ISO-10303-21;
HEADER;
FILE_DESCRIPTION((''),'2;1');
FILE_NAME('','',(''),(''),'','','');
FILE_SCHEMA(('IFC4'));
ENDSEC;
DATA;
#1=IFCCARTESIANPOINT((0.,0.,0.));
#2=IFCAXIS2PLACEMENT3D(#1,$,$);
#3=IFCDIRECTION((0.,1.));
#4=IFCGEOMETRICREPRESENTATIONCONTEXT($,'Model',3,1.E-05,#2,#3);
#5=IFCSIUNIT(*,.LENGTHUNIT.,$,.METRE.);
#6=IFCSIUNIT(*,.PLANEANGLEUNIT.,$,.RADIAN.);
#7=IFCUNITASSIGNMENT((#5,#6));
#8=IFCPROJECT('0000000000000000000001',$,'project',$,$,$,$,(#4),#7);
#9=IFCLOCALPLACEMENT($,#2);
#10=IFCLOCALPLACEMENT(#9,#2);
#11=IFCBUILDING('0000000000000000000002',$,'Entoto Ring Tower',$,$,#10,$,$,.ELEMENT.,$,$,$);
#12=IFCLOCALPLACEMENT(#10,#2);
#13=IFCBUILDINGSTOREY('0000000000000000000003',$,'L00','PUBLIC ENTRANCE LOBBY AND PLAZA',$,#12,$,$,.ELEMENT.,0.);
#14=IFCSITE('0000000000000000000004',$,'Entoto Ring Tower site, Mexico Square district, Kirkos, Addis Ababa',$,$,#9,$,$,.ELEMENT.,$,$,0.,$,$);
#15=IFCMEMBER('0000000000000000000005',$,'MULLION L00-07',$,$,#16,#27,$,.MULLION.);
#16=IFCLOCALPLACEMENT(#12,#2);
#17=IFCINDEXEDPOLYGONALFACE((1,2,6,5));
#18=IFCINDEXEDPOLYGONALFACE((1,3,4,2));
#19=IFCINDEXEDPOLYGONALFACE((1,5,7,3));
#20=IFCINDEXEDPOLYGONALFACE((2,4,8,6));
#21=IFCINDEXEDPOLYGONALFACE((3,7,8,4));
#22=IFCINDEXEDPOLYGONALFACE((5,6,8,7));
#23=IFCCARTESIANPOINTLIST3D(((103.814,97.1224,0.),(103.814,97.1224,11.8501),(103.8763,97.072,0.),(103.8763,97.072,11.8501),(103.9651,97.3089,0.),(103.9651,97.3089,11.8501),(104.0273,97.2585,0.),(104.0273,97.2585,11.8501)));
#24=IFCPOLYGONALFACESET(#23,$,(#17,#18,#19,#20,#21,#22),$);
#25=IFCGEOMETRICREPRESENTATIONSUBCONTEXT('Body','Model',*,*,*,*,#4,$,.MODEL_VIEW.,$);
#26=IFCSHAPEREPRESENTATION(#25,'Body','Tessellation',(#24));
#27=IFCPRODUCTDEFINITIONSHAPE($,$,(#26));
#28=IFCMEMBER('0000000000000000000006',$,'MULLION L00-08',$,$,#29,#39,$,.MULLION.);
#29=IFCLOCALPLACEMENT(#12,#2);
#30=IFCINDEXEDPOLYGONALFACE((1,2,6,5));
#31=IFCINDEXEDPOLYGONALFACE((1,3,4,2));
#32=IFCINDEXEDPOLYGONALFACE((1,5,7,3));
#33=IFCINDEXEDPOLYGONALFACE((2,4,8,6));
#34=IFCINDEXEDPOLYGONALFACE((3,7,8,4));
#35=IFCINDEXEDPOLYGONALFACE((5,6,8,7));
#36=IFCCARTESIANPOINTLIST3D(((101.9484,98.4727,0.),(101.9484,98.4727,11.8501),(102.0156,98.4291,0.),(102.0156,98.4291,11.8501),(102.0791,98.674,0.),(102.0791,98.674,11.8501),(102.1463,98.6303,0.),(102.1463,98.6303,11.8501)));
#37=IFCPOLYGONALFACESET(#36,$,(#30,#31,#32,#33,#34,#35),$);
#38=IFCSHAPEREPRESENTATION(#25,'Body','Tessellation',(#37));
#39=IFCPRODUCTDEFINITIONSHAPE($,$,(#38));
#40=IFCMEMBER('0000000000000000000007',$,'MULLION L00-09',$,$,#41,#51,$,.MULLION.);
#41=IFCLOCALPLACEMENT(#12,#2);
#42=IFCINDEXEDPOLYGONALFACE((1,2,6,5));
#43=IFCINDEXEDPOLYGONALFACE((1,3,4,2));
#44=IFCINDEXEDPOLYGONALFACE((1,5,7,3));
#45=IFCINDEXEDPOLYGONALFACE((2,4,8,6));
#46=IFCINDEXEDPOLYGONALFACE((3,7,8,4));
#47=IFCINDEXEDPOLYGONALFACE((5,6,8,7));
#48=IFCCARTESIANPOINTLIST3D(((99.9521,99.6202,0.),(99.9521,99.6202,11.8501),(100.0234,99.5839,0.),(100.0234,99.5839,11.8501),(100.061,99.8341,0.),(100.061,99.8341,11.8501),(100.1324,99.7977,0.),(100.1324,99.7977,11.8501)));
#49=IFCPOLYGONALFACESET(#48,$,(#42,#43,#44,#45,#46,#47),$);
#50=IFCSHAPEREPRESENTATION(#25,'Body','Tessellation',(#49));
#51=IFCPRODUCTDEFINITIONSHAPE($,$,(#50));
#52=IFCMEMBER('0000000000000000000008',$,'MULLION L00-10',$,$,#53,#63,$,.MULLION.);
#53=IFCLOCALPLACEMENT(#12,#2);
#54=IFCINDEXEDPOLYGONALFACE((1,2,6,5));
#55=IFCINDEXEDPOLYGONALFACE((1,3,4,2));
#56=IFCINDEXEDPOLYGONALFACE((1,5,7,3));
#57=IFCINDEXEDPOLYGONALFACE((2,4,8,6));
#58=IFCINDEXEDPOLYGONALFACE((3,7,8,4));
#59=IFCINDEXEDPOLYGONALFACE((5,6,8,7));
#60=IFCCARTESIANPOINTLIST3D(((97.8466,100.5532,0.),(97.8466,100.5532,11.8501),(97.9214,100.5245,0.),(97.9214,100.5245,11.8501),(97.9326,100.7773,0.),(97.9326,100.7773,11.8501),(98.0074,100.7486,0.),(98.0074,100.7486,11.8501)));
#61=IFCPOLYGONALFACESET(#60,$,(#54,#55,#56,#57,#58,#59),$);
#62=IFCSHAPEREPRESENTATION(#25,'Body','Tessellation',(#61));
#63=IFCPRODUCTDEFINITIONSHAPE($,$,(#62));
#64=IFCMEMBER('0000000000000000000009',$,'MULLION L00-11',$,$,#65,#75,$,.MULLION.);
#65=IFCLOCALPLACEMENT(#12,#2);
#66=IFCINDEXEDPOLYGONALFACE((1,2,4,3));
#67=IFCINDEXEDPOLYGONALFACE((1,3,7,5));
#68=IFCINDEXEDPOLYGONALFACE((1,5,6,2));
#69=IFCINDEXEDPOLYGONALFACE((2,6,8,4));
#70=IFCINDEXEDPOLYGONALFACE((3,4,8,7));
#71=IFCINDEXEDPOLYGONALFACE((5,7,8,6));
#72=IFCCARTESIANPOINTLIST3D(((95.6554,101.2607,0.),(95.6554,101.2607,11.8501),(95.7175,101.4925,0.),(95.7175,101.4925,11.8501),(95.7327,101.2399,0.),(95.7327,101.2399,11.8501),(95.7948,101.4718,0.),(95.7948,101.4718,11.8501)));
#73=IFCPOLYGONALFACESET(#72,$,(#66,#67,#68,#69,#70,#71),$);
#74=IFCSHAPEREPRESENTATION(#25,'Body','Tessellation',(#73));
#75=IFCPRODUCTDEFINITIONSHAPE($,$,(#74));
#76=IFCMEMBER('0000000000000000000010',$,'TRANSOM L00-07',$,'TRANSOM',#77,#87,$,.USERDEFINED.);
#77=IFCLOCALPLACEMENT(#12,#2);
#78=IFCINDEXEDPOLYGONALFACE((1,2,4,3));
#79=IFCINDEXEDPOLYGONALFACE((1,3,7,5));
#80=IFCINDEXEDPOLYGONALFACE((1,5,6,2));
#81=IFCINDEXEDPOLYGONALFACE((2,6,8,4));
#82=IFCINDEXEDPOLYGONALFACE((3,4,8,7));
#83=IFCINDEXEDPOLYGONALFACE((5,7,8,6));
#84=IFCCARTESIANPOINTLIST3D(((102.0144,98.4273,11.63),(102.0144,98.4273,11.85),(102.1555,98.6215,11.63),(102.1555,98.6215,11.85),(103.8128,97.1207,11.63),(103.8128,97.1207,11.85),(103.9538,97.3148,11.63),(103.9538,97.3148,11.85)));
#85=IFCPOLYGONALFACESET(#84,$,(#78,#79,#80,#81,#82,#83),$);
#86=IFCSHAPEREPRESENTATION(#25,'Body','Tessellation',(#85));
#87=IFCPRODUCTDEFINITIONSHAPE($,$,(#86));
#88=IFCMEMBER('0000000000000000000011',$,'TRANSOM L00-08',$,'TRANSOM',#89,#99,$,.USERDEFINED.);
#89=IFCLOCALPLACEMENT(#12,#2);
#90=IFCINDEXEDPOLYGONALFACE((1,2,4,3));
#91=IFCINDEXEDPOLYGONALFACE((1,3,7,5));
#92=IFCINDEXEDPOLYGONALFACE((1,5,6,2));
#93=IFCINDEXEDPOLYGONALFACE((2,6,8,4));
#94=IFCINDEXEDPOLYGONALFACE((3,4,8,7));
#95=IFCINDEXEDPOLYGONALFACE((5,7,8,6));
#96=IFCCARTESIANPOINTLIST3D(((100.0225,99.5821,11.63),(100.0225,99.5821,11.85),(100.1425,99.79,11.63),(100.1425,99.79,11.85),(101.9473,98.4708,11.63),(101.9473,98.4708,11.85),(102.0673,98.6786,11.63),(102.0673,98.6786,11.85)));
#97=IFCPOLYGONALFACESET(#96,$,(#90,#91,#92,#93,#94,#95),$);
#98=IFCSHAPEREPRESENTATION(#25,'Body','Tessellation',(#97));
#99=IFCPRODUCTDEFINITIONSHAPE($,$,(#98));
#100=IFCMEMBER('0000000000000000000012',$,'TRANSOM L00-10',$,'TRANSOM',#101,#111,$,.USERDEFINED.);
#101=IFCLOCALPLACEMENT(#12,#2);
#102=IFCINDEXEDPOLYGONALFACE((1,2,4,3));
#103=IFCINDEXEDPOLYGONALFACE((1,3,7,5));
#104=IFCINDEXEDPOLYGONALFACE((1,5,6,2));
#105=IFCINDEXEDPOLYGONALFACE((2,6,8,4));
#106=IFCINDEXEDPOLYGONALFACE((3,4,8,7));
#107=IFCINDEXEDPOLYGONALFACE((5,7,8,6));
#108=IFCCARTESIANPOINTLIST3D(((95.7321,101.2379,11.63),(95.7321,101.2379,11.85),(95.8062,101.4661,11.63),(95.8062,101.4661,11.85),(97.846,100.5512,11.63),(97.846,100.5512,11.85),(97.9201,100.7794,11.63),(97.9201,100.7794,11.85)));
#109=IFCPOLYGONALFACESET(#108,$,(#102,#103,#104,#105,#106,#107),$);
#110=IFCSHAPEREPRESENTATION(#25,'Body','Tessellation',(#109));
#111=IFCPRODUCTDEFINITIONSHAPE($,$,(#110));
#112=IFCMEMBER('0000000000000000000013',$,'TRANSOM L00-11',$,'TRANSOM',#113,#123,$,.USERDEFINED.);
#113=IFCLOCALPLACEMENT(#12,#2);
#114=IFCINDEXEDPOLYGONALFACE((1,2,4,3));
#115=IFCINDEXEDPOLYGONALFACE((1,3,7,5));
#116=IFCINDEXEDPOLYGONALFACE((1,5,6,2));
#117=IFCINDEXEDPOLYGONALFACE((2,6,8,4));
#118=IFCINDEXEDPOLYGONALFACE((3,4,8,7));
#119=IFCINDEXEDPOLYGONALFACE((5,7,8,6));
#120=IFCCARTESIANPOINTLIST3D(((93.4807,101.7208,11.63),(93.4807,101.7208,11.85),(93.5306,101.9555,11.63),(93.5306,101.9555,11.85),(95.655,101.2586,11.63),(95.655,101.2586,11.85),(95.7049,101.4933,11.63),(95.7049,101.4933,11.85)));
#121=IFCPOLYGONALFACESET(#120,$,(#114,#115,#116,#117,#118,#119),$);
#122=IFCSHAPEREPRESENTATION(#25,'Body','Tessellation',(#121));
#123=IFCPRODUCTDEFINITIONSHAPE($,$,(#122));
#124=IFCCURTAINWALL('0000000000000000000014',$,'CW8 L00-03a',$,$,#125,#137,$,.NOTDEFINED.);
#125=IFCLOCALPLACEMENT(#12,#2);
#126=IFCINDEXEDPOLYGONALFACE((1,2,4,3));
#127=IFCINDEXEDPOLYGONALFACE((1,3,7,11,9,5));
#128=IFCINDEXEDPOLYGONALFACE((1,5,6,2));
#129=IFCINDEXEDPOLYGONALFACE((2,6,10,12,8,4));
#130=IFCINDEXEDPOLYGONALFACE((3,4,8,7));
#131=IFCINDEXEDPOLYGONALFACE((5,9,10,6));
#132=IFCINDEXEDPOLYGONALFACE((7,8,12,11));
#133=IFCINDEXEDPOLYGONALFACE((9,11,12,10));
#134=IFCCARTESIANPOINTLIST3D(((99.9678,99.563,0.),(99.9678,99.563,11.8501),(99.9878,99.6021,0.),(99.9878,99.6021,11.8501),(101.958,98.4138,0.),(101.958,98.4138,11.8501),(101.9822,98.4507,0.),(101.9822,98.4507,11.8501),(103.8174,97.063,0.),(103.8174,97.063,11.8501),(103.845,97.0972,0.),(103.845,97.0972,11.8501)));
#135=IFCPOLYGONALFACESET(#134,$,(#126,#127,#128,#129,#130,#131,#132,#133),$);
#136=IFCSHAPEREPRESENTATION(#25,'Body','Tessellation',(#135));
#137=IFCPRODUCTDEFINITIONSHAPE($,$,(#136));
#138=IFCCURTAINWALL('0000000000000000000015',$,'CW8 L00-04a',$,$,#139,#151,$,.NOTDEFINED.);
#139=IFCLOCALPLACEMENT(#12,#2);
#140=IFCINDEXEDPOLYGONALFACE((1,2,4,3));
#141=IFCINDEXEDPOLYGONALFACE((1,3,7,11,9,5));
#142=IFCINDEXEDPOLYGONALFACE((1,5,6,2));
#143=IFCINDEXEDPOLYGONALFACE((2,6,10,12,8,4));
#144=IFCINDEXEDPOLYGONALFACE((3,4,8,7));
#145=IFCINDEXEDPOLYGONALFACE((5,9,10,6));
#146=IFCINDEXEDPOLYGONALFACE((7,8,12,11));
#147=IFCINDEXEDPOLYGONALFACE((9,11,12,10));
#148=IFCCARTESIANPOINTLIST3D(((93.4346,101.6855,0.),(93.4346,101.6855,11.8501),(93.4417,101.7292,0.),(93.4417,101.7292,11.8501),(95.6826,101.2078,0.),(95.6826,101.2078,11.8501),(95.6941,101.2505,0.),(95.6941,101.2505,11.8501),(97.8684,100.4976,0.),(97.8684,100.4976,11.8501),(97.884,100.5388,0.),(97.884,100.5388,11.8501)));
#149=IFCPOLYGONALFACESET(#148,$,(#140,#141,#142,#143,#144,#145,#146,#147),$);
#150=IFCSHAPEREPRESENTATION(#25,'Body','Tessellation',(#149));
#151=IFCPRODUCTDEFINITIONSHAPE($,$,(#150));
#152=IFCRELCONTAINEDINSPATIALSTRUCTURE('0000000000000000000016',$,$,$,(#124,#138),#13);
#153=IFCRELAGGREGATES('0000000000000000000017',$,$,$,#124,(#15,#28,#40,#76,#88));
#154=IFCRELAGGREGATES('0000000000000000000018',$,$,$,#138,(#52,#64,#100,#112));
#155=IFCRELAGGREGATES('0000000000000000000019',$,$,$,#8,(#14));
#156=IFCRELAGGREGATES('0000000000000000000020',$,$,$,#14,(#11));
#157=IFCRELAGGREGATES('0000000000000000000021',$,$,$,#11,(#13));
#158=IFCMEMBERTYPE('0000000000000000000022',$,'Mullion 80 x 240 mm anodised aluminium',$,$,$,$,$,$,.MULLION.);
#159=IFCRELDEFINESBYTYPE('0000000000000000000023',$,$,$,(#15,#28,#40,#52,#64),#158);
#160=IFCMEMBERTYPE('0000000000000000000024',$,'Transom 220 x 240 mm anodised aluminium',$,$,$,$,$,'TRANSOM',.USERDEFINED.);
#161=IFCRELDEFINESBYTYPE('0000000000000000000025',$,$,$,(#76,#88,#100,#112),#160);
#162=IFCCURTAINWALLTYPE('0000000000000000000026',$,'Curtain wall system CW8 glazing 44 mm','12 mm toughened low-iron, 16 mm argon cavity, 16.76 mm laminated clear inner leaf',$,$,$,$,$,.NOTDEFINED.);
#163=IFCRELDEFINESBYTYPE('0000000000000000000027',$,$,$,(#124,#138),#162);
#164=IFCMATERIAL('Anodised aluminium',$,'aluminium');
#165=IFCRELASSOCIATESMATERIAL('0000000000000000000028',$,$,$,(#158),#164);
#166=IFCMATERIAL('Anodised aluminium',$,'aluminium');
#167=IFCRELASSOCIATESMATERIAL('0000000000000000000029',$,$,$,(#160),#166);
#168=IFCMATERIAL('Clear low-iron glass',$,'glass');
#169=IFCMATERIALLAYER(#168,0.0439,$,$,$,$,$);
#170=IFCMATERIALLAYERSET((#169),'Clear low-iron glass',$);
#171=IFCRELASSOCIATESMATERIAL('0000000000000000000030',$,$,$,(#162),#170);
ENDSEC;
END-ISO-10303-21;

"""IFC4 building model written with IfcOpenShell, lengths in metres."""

from ifc_helpers import new_model, si_unit, direction, frame, origin, origin_2d, place, context, subcontext, project, spatial, polyline, rectangle, outline, extrude, material, layer, layer_set, material_profile, profile_set, type_object, element, aggregate, save


model = new_model("IFC4")

# Units and contexts
model_context = context("Model", 3, precision=1e-05, world=origin(), true_north=direction((0.0, 1.0)))
body_context = subcontext(model_context, "Body", "Model", "MODEL_VIEW")
ifc_project = project(units=[si_unit("LENGTHUNIT", "METRE"), si_unit("PLANEANGLEUNIT", "RADIAN")], contexts=[model_context])

# Members
ifc_material_1 = material(Name="Anodised aluminium", Category="aluminium")
ifc_material_profile_1 = material_profile(ifc_material_1, rectangle(XDim=0.0801, YDim=0.24, at=origin_2d()), Name="Mullion 80 x 240 mm anodised aluminium")
ifc_profile_set_1 = profile_set([ifc_material_profile_1], Name="Anodised aluminium")
member_type_1 = type_object("IfcMemberType", Name="Mullion 80 x 240 mm anodised aluminium", PredefinedType="MULLION", material=ifc_profile_set_1)
site_placement = place(None, origin())
building_placement = place(site_placement, origin())
storey_placement = place(building_placement, origin())
member_1_placement = place(storey_placement, frame((103.9207, 97.1904, 0.0), z_axis=(0.0, 0.0, 1.0), x_axis=(-0.777146, 0.62932, 0.0)))
member_1 = element("IfcMember", 1, at=member_1_placement, type_object=member_type_1, Name="MULLION L00-07", PredefinedType="MULLION", context=body_context, shape_type="SweptSolid", body=[
    extrude(rectangle(XDim=0.0801, YDim=0.24, at=origin_2d()), origin(), (0.0, 0.0, 1.0), 11.8501),
])
member_2_placement = place(storey_placement, frame((102.0474, 98.5515, 0.0), z_axis=(0.0, 0.0, 1.0), x_axis=(-0.838671, 0.544639, 0.0)))
member_2 = element("IfcMember", 2, at=member_2_placement, type_object=member_type_1, Name="MULLION L00-08", PredefinedType="MULLION", context=body_context, shape_type="SweptSolid", body=[
    extrude(rectangle(XDim=0.0801, YDim=0.24, at=origin_2d()), origin(), (0.0, 0.0, 1.0), 11.8501),
])
member_3_placement = place(storey_placement, frame((100.0422, 99.709, 0.0), z_axis=(0.0, 0.0, 1.0), x_axis=(-0.891007, 0.45399, 0.0)))
member_3 = element("IfcMember", 3, at=member_3_placement, type_object=member_type_1, Name="MULLION L00-09", PredefinedType="MULLION", context=body_context, shape_type="SweptSolid", body=[
    extrude(rectangle(XDim=0.0801, YDim=0.24, at=origin_2d()), origin(), (0.0, 0.0, 1.0), 11.8501),
])
member_4_placement = place(storey_placement, frame((97.927, 100.6509, 0.0), z_axis=(0.0, 0.0, 1.0), x_axis=(-0.93358, 0.358368, 0.0)))
member_4 = element("IfcMember", 4, at=member_4_placement, type_object=member_type_1, Name="MULLION L00-10", PredefinedType="MULLION", context=body_context, shape_type="SweptSolid", body=[
    extrude(rectangle(XDim=0.0801, YDim=0.24, at=origin_2d()), origin(), (0.0, 0.0, 1.0), 11.8501),
])
member_5_placement = place(storey_placement, frame((95.7251, 101.3662, 0.0), z_axis=(0.0, 0.0, 1.0), x_axis=(-0.965926, 0.258819, 0.0)))
member_5 = element("IfcMember", 5, at=member_5_placement, type_object=member_type_1, Name="MULLION L00-11", PredefinedType="MULLION", context=body_context, shape_type="SweptSolid", body=[
    extrude(rectangle(XDim=0.0801, YDim=0.24, at=origin_2d()), origin(), (0.0, 0.0, 1.0), 11.8501),
])
ifc_material_2 = material(Name="Anodised aluminium", Category="aluminium")
ifc_material_profile_2 = material_profile(ifc_material_2, rectangle(XDim=0.24, YDim=0.22, at=origin_2d()), Name="Transom 220 x 240 mm anodised aluminium")
ifc_profile_set_2 = profile_set([ifc_material_profile_2], Name="Anodised aluminium")
member_type_2 = type_object("IfcMemberType", Name="Transom 220 x 240 mm anodised aluminium", ElementType="TRANSOM", PredefinedType="USERDEFINED", material=ifc_profile_set_2)
member_6_placement = place(storey_placement, frame((103.8833, 97.2178, 11.74), z_axis=(-0.809002, 0.587806, 0.0), x_axis=(-0.587806, -0.809002, 0.0)))
member_6 = element("IfcMember", 6, at=member_6_placement, type_object=member_type_2, Name="TRANSOM L00-07", ObjectType="TRANSOM", PredefinedType="USERDEFINED", context=body_context, shape_type="SweptSolid", body=[
    extrude(rectangle(XDim=0.24, YDim=0.22, at=origin_2d()), origin(), (0.0, 0.0, 1.0), 2.2229),
])
member_7_placement = place(storey_placement, frame((102.0073, 98.5747, 11.74), z_axis=(-0.866017, 0.500014, 0.0), x_axis=(-0.500014, -0.866017, 0.0)))
member_7 = element("IfcMember", 7, at=member_7_placement, type_object=member_type_2, Name="TRANSOM L00-08", ObjectType="TRANSOM", PredefinedType="USERDEFINED", context=body_context, shape_type="SweptSolid", body=[
    extrude(rectangle(XDim=0.24, YDim=0.22, at=origin_2d()), origin(), (0.0, 0.0, 1.0), 2.2227),
])
member_8_placement = place(storey_placement, frame((97.8831, 100.6653, 11.74), z_axis=(-0.951072, 0.308969, 0.0), x_axis=(-0.308969, -0.951072, 0.0)))
member_8 = element("IfcMember", 8, at=member_8_placement, type_object=member_type_2, Name="TRANSOM L00-10", ObjectType="TRANSOM", PredefinedType="USERDEFINED", context=body_context, shape_type="SweptSolid", body=[
    extrude(rectangle(XDim=0.24, YDim=0.22, at=origin_2d()), origin(), (0.0, 0.0, 1.0), 2.2227),
])
member_9_placement = place(storey_placement, frame((95.6799, 101.376, 11.74), z_axis=(-0.978148, 0.207909, 0.0), x_axis=(-0.207909, -0.978148, 0.0)))
member_9 = element("IfcMember", 9, at=member_9_placement, type_object=member_type_2, Name="TRANSOM L00-11", ObjectType="TRANSOM", PredefinedType="USERDEFINED", context=body_context, shape_type="SweptSolid", body=[
    extrude(rectangle(XDim=0.24, YDim=0.22, at=origin_2d()), origin(), (0.0, 0.0, 1.0), 2.2229),
])

# Site, building, storey
site = spatial("IfcSite", under=ifc_project, at=site_placement, Name="Entoto Ring Tower site, Mexico Square district, Kirkos, Addis Ababa", CompositionType="ELEMENT", RefElevation=0.0)
building = spatial("IfcBuilding", under=site, at=building_placement, Name="Entoto Ring Tower", CompositionType="ELEMENT")
storey = spatial("IfcBuildingStorey", under=building, at=storey_placement, Name="L00", Description="PUBLIC ENTRANCE LOBBY AND PLAZA", CompositionType="ELEMENT", Elevation=0.0)

# Curtain walls
ifc_material_3 = material(Name="Clear low-iron glass", Category="glass")
ifc_layer_1 = layer(ifc_material_3, 0.0439)
ifc_layer_set_1 = layer_set([ifc_layer_1], Name="Clear low-iron glass")
curtain_wall_type = type_object("IfcCurtainWallType", Name="Curtain wall system CW8 glazing 44 mm", Description="12 mm toughened low-iron, 16 mm argon cavity, 16.76 mm laminated clear inner leaf", PredefinedType="NOTDEFINED", material=ifc_layer_set_1)
curtain_wall_1_placement = place(storey_placement, origin())
curtain_wall_1 = element("IfcCurtainWall", 10, at=curtain_wall_1_placement, inside=storey, type_object=curtain_wall_type, Name="CW8 L00-03a", PredefinedType="NOTDEFINED", context=body_context, shape_type="SweptSolid", body=[
    extrude(outline(polyline([(103.845, 97.0972), (101.9822, 98.4507), (99.9878, 99.6021), (99.9678, 99.563), (101.958, 98.4138), (103.8174, 97.063), (103.845, 97.0972)])), origin(), (0.0, 0.0, 1.0), 11.8501),
])
aggregate(curtain_wall_1, [member_1, member_2, member_3, member_6, member_7])
curtain_wall_2_placement = place(storey_placement, origin())
curtain_wall_2 = element("IfcCurtainWall", 11, at=curtain_wall_2_placement, inside=storey, type_object=curtain_wall_type, Name="CW8 L00-04a", PredefinedType="NOTDEFINED", context=body_context, shape_type="SweptSolid", body=[
    extrude(outline(polyline([(97.884, 100.5388), (95.6941, 101.2505), (93.4417, 101.7292), (93.4346, 101.6855), (95.6826, 101.2078), (97.8684, 100.4976), (97.884, 100.5388)])), origin(), (0.0, 0.0, 1.0), 11.8501),
])
aggregate(curtain_wall_2, [member_4, member_5, member_8, member_9])

save(model, "model.ifc")
